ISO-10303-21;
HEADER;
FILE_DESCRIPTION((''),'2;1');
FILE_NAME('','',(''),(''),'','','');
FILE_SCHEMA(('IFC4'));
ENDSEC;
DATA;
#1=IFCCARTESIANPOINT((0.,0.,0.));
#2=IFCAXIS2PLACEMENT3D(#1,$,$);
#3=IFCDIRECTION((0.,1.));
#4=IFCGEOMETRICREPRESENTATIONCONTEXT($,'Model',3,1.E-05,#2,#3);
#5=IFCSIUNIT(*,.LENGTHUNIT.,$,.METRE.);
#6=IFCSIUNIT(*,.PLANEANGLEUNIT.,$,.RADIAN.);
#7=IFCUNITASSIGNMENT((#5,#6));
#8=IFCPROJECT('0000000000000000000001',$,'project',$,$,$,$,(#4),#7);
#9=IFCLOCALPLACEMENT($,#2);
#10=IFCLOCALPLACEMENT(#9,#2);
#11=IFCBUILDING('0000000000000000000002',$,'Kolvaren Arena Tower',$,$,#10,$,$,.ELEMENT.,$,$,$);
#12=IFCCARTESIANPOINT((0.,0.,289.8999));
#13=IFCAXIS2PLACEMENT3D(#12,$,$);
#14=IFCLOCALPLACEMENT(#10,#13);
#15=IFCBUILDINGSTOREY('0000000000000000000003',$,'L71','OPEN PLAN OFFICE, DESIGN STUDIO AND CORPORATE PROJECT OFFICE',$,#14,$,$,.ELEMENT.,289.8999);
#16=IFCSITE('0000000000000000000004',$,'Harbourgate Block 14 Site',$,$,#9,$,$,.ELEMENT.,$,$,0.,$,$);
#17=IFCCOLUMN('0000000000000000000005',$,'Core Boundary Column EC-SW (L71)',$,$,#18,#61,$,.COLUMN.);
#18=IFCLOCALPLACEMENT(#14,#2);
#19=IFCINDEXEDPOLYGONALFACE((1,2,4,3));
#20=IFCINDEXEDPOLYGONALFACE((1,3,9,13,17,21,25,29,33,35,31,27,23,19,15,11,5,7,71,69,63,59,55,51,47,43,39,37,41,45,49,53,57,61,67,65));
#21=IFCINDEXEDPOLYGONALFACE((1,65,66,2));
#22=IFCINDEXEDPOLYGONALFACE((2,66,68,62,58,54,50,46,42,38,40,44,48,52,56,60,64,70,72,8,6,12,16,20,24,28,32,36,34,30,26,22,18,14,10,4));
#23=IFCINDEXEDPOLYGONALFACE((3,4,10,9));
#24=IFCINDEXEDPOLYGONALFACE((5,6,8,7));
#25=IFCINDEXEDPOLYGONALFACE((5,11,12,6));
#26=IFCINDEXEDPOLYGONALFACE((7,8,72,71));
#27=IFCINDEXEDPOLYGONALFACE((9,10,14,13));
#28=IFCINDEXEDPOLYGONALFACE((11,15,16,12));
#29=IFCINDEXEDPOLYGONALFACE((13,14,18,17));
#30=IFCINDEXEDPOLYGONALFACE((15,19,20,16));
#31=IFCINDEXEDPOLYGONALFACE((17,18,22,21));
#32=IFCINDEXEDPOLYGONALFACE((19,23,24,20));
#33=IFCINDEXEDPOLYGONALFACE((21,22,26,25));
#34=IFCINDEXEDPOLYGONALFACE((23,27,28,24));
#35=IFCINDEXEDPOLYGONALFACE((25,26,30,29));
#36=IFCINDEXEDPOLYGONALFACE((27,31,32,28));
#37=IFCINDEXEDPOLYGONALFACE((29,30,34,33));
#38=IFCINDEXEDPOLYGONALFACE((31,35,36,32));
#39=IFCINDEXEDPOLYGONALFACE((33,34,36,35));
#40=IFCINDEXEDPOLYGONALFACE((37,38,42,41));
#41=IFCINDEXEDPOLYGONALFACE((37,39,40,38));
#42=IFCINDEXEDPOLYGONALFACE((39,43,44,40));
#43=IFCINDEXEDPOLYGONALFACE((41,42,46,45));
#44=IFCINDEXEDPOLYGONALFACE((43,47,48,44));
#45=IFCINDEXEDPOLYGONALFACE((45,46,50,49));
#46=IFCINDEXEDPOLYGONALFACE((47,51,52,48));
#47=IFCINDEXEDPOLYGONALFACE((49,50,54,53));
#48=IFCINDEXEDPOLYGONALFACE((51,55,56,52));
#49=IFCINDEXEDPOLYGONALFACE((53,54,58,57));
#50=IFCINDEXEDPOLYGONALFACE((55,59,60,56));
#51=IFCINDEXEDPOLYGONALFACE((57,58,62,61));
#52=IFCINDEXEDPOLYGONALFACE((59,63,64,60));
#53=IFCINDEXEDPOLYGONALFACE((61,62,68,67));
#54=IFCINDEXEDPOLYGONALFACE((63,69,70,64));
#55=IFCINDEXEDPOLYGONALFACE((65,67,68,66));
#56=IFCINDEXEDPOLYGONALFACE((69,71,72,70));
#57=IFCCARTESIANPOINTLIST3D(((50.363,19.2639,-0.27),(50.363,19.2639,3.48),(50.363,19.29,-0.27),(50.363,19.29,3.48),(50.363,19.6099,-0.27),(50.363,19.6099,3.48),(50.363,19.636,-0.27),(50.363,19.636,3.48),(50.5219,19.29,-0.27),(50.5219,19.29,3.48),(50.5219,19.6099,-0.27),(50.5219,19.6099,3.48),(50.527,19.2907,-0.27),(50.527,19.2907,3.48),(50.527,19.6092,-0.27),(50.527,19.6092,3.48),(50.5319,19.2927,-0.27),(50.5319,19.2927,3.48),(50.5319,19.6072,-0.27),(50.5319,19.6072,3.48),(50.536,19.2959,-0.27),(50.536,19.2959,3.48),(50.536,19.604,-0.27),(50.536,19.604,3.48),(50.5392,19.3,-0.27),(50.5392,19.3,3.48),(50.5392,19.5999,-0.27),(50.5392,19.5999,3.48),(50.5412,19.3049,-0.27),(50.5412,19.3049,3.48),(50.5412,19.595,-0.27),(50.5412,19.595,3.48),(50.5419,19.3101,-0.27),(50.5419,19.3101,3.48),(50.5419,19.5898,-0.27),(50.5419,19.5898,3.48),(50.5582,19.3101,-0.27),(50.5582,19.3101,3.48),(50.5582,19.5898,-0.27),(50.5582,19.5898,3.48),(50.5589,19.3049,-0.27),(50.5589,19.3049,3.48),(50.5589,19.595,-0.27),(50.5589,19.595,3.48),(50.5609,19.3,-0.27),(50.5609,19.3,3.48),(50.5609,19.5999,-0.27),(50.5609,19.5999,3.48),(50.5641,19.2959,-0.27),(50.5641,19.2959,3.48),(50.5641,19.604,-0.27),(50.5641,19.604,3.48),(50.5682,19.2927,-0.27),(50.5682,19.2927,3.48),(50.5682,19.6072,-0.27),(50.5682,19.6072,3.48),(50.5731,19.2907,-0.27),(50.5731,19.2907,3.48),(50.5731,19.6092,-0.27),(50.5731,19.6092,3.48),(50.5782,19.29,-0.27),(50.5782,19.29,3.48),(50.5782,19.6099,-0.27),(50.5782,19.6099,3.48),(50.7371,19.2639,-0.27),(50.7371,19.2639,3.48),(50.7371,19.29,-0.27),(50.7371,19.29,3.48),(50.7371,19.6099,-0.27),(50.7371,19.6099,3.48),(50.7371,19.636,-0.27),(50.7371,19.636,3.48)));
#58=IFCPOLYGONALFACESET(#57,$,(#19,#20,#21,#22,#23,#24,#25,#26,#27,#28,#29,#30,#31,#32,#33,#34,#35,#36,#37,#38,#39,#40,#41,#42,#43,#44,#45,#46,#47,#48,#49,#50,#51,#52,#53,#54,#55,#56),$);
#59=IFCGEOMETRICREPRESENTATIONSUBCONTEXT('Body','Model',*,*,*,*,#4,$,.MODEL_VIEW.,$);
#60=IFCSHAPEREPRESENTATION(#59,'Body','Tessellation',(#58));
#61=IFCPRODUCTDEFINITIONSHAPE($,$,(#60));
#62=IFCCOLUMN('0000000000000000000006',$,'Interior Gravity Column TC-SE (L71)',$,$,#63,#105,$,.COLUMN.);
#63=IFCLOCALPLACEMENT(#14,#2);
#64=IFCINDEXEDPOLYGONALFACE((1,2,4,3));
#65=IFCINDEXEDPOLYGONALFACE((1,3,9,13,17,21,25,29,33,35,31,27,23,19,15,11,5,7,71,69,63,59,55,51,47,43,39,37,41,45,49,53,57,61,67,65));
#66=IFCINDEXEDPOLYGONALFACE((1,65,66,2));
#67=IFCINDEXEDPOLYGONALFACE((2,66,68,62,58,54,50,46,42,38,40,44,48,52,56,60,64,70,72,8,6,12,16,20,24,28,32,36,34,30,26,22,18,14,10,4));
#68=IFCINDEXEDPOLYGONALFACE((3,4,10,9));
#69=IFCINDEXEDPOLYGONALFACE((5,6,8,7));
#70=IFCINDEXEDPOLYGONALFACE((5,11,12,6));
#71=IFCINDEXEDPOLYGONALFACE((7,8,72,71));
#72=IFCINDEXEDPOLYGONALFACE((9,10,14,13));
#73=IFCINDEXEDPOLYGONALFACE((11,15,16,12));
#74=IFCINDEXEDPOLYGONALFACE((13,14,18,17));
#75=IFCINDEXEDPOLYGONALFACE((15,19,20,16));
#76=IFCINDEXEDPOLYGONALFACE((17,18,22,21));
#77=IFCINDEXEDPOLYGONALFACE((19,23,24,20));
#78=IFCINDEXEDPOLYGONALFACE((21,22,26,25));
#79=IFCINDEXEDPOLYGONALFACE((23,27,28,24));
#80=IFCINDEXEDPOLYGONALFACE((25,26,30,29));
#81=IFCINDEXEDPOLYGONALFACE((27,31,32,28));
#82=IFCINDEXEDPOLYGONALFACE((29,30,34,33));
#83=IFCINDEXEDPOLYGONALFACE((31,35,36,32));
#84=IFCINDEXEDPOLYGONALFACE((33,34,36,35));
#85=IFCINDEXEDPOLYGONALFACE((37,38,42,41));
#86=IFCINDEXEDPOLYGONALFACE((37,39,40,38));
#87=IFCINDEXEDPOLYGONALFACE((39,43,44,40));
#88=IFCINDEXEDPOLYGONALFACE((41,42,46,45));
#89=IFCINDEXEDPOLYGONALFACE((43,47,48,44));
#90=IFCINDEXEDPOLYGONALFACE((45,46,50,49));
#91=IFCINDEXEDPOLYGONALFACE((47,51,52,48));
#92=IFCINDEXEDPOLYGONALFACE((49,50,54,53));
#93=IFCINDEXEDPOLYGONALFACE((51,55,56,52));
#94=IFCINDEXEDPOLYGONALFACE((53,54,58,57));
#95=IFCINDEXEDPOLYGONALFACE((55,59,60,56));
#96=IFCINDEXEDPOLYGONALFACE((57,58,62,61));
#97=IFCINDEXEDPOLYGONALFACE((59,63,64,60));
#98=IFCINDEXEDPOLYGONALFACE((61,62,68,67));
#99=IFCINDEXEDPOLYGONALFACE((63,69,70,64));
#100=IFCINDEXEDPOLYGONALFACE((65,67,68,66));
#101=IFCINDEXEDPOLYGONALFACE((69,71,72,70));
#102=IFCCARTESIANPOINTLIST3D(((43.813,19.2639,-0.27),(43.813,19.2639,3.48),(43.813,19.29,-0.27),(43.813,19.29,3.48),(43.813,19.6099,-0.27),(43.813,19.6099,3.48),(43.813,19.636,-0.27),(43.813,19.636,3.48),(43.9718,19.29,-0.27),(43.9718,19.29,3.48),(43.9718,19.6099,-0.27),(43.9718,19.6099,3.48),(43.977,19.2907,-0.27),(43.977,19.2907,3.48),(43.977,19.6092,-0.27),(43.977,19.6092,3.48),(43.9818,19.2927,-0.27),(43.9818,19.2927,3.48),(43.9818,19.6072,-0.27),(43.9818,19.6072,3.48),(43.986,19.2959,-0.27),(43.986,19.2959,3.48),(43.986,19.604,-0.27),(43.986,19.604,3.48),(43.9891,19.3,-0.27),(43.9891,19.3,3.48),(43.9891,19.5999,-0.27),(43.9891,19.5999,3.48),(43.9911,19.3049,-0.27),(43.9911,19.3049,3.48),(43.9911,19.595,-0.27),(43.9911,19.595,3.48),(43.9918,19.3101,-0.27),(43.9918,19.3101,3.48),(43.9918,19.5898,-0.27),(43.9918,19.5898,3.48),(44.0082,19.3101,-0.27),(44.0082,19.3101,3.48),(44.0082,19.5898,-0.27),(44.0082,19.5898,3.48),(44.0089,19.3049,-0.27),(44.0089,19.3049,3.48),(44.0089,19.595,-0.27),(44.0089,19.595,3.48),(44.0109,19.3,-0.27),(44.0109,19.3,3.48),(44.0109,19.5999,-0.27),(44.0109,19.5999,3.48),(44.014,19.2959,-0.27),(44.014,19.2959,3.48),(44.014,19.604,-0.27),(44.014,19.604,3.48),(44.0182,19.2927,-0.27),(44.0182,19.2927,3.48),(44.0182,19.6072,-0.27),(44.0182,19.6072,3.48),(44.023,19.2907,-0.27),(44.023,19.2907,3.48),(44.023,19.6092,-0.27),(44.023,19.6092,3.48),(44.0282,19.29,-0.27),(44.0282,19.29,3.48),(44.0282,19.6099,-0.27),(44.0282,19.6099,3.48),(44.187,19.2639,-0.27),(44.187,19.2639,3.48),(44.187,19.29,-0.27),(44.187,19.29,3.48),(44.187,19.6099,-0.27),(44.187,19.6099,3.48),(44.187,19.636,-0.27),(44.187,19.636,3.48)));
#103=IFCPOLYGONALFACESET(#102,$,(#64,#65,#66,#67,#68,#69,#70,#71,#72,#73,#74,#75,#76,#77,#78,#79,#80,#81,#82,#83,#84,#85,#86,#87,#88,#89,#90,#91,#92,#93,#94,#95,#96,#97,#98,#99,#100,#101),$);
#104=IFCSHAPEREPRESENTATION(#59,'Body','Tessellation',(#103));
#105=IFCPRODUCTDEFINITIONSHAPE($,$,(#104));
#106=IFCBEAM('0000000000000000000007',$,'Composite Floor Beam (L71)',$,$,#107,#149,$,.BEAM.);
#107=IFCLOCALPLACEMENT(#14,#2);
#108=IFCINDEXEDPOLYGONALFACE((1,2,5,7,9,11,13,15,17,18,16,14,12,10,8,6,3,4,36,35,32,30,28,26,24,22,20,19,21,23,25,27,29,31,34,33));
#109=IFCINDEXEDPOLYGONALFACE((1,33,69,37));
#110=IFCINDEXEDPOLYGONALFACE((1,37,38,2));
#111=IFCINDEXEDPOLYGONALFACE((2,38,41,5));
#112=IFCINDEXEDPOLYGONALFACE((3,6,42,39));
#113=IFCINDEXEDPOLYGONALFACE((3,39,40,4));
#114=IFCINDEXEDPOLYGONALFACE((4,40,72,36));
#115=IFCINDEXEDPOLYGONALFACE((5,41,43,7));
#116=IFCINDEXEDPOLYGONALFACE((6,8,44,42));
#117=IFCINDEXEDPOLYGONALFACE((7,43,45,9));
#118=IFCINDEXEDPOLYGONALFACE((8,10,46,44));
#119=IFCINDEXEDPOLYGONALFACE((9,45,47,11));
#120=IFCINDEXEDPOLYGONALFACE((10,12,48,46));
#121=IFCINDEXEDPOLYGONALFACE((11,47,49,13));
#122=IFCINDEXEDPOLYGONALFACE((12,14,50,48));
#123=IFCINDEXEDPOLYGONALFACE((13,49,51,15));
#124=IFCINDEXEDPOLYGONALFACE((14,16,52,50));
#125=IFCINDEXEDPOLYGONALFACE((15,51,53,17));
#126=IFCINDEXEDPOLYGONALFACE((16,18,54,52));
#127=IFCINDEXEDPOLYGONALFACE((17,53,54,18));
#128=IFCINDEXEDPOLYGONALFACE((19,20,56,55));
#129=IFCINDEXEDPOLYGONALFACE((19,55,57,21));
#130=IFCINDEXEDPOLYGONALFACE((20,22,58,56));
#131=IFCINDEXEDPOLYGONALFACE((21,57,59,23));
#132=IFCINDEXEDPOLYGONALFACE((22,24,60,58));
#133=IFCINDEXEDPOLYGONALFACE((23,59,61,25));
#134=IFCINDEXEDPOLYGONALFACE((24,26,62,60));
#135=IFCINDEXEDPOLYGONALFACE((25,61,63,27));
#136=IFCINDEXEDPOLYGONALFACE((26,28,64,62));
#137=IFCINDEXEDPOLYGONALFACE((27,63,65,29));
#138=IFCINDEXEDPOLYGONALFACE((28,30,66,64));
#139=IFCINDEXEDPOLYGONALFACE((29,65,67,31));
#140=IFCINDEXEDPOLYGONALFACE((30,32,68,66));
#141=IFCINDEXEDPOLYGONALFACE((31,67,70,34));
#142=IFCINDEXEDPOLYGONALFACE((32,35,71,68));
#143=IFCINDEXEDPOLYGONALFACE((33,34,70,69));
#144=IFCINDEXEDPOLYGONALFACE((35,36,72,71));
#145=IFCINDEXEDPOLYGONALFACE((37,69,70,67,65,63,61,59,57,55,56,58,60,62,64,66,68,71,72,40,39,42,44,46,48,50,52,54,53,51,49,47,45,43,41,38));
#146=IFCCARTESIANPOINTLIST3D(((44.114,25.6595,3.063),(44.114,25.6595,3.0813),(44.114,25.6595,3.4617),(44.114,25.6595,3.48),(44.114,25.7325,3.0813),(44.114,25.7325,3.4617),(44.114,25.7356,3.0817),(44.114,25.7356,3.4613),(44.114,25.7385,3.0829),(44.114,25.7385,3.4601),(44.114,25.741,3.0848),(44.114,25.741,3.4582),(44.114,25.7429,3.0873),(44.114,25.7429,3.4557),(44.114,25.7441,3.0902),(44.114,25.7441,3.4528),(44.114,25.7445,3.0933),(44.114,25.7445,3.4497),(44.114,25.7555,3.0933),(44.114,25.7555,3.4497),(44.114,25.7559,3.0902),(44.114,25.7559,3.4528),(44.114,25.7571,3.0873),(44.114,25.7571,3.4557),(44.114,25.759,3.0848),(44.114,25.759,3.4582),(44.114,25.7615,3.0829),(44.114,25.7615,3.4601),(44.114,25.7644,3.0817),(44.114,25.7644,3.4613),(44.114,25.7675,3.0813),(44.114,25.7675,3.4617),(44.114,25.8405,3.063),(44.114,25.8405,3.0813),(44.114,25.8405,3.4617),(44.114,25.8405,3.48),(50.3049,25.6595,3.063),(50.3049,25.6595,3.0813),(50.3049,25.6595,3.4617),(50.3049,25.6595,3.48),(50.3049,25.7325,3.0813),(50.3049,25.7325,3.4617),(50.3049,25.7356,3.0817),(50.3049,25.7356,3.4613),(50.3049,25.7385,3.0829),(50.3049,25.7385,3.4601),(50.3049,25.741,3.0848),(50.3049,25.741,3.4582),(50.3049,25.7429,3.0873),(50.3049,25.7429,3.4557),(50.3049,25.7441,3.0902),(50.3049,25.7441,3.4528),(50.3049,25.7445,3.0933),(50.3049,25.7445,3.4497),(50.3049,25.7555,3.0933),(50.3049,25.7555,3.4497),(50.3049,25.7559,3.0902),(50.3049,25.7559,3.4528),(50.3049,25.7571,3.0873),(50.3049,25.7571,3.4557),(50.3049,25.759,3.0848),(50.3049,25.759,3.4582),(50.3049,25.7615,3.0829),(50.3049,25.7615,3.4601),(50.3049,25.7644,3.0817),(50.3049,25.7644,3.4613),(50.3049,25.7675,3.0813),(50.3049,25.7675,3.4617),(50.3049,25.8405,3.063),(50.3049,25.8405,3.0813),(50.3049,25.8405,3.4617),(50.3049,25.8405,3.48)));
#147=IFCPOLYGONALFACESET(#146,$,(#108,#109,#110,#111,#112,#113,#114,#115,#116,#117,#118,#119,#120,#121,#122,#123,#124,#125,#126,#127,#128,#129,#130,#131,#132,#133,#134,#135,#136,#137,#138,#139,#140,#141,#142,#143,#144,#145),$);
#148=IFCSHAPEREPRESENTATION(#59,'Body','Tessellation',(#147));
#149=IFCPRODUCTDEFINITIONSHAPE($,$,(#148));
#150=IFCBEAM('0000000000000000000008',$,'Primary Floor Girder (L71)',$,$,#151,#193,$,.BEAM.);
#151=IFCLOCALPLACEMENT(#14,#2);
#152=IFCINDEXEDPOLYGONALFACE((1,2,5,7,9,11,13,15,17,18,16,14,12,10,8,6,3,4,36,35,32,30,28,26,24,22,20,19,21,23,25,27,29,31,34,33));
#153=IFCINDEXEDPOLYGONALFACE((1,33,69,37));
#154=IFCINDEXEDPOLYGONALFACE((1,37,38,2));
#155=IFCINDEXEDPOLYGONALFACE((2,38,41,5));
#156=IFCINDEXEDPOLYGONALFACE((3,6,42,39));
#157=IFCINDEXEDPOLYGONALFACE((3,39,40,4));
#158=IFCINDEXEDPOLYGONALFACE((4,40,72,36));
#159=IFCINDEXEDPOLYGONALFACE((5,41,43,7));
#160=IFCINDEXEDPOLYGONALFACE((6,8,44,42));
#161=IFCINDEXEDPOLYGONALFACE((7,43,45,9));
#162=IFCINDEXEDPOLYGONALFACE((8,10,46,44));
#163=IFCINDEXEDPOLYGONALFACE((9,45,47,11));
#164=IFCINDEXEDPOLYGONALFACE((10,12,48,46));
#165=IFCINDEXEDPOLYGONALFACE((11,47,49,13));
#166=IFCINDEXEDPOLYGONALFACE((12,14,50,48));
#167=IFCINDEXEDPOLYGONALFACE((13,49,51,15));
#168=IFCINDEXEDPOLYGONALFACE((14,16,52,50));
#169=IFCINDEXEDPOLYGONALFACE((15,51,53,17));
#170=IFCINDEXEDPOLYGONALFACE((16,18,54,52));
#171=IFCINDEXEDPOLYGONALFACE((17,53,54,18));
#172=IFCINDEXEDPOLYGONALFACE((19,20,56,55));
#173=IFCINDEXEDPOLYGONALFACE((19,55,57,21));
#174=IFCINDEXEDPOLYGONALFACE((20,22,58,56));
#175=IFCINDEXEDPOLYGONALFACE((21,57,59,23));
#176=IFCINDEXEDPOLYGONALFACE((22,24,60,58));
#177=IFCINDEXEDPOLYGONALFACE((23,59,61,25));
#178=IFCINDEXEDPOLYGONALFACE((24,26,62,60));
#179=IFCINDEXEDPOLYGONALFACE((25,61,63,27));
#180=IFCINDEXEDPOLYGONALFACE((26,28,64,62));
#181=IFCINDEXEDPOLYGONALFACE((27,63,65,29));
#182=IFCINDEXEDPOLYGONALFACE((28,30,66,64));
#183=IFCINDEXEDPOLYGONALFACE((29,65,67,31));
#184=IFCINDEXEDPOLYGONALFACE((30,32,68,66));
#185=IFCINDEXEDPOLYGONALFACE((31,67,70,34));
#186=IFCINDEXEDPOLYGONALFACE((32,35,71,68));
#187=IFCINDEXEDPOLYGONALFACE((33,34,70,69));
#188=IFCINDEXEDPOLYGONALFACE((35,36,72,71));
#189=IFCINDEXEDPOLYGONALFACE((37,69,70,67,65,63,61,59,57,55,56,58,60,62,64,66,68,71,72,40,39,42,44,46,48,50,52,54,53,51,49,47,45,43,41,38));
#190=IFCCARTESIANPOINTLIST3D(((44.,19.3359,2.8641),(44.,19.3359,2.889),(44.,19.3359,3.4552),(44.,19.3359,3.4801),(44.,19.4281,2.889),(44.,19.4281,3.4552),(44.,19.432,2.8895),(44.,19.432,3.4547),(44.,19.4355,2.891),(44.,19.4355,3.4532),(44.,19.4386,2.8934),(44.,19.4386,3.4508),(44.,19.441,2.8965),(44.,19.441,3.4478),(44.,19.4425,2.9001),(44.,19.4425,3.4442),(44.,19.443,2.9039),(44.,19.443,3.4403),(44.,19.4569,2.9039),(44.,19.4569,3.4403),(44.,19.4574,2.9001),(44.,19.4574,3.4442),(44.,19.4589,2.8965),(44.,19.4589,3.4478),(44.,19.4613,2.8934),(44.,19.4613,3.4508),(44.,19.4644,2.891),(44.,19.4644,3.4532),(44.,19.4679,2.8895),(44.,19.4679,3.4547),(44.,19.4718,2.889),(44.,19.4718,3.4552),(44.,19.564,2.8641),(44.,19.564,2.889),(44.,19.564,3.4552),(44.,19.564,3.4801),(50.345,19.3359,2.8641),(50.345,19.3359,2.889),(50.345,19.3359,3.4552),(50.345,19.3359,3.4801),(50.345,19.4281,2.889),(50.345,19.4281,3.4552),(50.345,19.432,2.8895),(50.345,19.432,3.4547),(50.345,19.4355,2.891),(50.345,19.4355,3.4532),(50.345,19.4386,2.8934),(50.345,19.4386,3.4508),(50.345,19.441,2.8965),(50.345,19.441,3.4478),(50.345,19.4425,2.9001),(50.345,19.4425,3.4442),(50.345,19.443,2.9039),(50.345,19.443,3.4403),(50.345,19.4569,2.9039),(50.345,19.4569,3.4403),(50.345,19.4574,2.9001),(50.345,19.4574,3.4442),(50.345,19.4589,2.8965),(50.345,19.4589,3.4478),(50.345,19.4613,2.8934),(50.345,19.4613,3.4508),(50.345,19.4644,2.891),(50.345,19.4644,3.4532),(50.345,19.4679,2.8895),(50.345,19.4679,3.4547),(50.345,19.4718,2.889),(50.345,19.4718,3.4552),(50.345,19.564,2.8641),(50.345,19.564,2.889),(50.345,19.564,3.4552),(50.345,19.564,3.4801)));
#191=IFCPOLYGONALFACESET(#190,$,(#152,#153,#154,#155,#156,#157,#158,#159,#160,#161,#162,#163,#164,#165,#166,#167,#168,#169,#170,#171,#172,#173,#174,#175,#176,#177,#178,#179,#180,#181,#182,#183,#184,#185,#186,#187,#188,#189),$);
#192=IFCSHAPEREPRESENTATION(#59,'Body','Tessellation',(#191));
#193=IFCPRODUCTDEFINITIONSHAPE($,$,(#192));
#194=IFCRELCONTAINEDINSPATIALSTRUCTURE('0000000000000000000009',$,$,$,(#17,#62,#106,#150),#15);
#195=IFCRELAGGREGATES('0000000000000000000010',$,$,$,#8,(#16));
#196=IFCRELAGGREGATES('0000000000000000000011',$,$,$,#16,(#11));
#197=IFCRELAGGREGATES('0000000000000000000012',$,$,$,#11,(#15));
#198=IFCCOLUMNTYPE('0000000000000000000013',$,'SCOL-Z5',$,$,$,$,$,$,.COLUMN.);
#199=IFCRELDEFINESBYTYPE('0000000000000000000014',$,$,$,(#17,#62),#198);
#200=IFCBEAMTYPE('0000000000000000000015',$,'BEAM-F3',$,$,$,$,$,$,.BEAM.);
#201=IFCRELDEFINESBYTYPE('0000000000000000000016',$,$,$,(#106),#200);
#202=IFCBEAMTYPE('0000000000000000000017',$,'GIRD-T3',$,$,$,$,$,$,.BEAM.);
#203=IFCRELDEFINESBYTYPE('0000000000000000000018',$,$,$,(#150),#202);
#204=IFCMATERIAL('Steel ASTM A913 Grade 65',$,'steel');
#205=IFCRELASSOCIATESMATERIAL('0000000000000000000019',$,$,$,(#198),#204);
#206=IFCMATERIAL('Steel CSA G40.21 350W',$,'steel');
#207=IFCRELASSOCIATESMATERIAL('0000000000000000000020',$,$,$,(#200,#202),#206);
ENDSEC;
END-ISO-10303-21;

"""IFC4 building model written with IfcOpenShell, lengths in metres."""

from ifc_helpers import new_model, si_unit, direction, frame, origin, origin_2d, place, context, subcontext, project, spatial, i_section, extrude, material, material_profile, profile_set, type_object, element, save


model = new_model("IFC4")

# Units and contexts
model_context = context("Model", 3, precision=1e-05, world=origin(), true_north=direction((0.0, 1.0)))
body_context = subcontext(model_context, "Body", "Model", "MODEL_VIEW")
ifc_project = project(units=[si_unit("LENGTHUNIT", "METRE"), si_unit("PLANEANGLEUNIT", "RADIAN")], contexts=[model_context])

# Site, building, storey
site_placement = place(None, origin())
site = spatial("IfcSite", under=ifc_project, at=site_placement, Name="Harbourgate Block 14 Site", CompositionType="ELEMENT", RefElevation=0.0)
building_placement = place(site_placement, origin())
building = spatial("IfcBuilding", under=site, at=building_placement, Name="Kolvaren Arena Tower", CompositionType="ELEMENT")
storey_placement = place(building_placement, frame((0.0, 0.0, 289.8999)))
storey = spatial("IfcBuildingStorey", under=building, at=storey_placement, Name="L71", Description="OPEN PLAN OFFICE, DESIGN STUDIO AND CORPORATE PROJECT OFFICE", CompositionType="ELEMENT", Elevation=289.8999)

# Columns
ifc_material_1 = material(Name="Steel ASTM A913 Grade 65", Category="steel")
ifc_material_profile_1 = material_profile(ifc_material_1, i_section(OverallWidth=0.374, OverallDepth=0.3721, WebThickness=0.0164, FlangeThickness=0.0261, FilletRadius=0.02, at=origin_2d()), Name="W360x196")
ifc_profile_set_1 = profile_set([ifc_material_profile_1], Name="Steel ASTM A913 Grade 65")
column_type = type_object("IfcColumnType", Name="SCOL-Z5", PredefinedType="COLUMN", material=ifc_profile_set_1)
for number, where, z_axis, x_axis, name in (
    (1, (50.55, 19.45, -0.27), (0.0, 0.0, 1.0), (1.0, 0.0, 0.0), "Core Boundary Column EC-SW (L71)"),
    (2, (44.0, 19.45, -0.27), (0.0, 0.0, 1.0), (1.0, 0.0, 0.0), "Interior Gravity Column TC-SE (L71)"),
):
    element("IfcColumn", number, at=place(storey_placement, frame(where, z_axis=z_axis, x_axis=x_axis)), inside=storey, type_object=column_type, Name=name, PredefinedType="COLUMN", context=body_context, shape_type="SweptSolid", body=[
        extrude(i_section(OverallWidth=0.374, OverallDepth=0.3721, WebThickness=0.0164, FlangeThickness=0.0261, FilletRadius=0.02, at=origin_2d()), origin(), (0.0, 0.0, 1.0), 3.75),
    ])

# Beams
ifc_material_2 = material(Name="Steel CSA G40.21 350W", Category="steel")
ifc_material_profile_2 = material_profile(ifc_material_2, i_section(OverallWidth=0.1809, OverallDepth=0.417, WebThickness=0.011, FlangeThickness=0.0183, FilletRadius=0.012, at=origin_2d()), Name="W410x85")
ifc_profile_set_2 = profile_set([ifc_material_profile_2], Name="Steel CSA G40.21 350W")
beam_type_1 = type_object("IfcBeamType", Name="BEAM-F3", PredefinedType="BEAM", material=ifc_profile_set_2)
beam_1_placement = place(storey_placement, frame((44.114, 25.75, 3.2715), z_axis=(1.0, 0.0, 0.0), x_axis=(0.0, 1.0, 0.0)))
element("IfcBeam", 3, at=beam_1_placement, inside=storey, type_object=beam_type_1, Name="Composite Floor Beam (L71)", PredefinedType="BEAM", context=body_context, shape_type="SweptSolid", body=[
    extrude(i_section(OverallWidth=0.1809, OverallDepth=0.417, WebThickness=0.011, FlangeThickness=0.0183, FilletRadius=0.012, at=origin_2d()), origin(), (0.0, 0.0, 1.0), 6.1909),
])
ifc_material_profile_3 = material_profile(ifc_material_2, i_section(OverallWidth=0.228, OverallDepth=0.616, WebThickness=0.0139, FlangeThickness=0.0249, FilletRadius=0.0149, at=origin_2d()), Name="W610x174")
ifc_profile_set_3 = profile_set([ifc_material_profile_3], Name="Steel CSA G40.21 350W")
beam_type_2 = type_object("IfcBeamType", Name="GIRD-T3", PredefinedType="BEAM", material=ifc_profile_set_3)
beam_2_placement = place(storey_placement, frame((44.0, 19.45, 3.1721), z_axis=(1.0, 0.0, 0.0), x_axis=(0.0, 1.0, 0.0)))
element("IfcBeam", 4, at=beam_2_placement, inside=storey, type_object=beam_type_2, Name="Primary Floor Girder (L71)", PredefinedType="BEAM", context=body_context, shape_type="SweptSolid", body=[
    extrude(i_section(OverallWidth=0.228, OverallDepth=0.616, WebThickness=0.0139, FlangeThickness=0.0249, FilletRadius=0.0149, at=origin_2d()), origin(), (0.0, 0.0, 1.0), 6.345),
])

save(model, "model.ifc")
